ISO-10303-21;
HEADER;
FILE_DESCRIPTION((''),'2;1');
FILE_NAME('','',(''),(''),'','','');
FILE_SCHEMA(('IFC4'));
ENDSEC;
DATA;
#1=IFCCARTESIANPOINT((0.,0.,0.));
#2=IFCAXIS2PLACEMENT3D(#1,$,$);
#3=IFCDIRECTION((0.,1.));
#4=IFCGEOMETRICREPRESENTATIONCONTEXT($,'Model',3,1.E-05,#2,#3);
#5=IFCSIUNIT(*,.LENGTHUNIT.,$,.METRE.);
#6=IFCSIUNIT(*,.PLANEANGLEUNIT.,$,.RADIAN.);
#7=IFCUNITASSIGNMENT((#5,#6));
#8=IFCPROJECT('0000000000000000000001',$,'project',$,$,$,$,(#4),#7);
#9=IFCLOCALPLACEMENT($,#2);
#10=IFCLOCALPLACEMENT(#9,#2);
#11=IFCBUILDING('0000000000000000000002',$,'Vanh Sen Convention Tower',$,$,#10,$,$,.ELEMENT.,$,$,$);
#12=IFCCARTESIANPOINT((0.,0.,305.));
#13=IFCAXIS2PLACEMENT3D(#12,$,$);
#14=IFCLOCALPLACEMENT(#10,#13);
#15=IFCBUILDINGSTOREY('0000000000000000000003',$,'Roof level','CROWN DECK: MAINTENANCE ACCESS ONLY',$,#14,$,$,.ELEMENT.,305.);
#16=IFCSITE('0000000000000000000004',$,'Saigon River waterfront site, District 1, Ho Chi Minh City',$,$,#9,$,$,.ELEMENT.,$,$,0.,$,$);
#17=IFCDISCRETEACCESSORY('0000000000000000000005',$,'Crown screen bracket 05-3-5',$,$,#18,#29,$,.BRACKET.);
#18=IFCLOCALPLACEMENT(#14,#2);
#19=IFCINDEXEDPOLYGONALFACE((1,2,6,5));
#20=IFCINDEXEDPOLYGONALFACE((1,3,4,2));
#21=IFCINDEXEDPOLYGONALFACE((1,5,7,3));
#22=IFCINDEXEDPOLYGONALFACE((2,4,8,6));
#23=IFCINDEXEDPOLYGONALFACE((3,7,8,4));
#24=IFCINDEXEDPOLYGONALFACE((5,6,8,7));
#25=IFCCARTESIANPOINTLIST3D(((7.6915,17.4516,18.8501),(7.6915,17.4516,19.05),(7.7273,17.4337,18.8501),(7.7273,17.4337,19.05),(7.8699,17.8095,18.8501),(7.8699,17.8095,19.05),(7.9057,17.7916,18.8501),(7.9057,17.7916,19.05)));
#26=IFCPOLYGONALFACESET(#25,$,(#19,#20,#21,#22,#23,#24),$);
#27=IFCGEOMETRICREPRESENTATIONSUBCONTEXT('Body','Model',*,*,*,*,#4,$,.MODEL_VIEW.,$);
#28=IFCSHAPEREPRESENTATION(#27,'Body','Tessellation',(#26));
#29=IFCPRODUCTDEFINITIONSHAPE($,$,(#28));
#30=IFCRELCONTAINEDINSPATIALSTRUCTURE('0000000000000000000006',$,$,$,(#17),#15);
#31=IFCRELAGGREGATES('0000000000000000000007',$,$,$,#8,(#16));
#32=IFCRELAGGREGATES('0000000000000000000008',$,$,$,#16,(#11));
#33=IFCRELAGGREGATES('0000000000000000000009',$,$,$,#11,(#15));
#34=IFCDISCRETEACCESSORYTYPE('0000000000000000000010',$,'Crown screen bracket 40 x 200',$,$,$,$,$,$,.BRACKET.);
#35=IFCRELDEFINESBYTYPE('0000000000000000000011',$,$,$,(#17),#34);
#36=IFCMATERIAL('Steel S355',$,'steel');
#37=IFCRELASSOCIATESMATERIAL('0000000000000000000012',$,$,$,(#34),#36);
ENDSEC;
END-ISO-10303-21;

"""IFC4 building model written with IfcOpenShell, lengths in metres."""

from ifc_helpers import new_model, si_unit, direction, frame, origin, origin_2d, place, context, subcontext, project, spatial, rectangle, extrude, material, type_object, element, save


model = new_model("IFC4")

# Units and contexts
model_context = context("Model", 3, precision=1e-05, world=origin(), true_north=direction((0.0, 1.0)))
body_context = subcontext(model_context, "Body", "Model", "MODEL_VIEW")
ifc_project = project(units=[si_unit("LENGTHUNIT", "METRE"), si_unit("PLANEANGLEUNIT", "RADIAN")], contexts=[model_context])

# Site, building, storey
site_placement = place(None, origin())
site = spatial("IfcSite", under=ifc_project, at=site_placement, Name="Saigon River waterfront site, District 1, Ho Chi Minh City", CompositionType="ELEMENT", RefElevation=0.0)
building_placement = place(site_placement, origin())
building = spatial("IfcBuilding", under=site, at=building_placement, Name="Vanh Sen Convention Tower", CompositionType="ELEMENT")
storey_placement = place(building_placement, frame((0.0, 0.0, 305.0)))
storey = spatial("IfcBuildingStorey", under=building, at=storey_placement, Name="Roof level", Description="CROWN DECK: MAINTENANCE ACCESS ONLY", CompositionType="ELEMENT", Elevation=305.0)

# Discrete accessory
ifc_material_1 = material(Name="Steel S355", Category="steel")
discrete_accessory_type_1 = type_object("IfcDiscreteAccessoryType", Name="Crown screen bracket 40 x 200", PredefinedType="BRACKET", material=ifc_material_1)
for number, where, z_axis, x_axis, name in (
    (1, (7.7986, 17.6216, 18.8501), (0.0, 0.0, 1.0), (0.446193, 0.894937, 0.0), "Crown screen bracket 05-3-5"),
):
    element("IfcDiscreteAccessory", number, at=place(storey_placement, frame(where, z_axis=z_axis, x_axis=x_axis)), inside=storey, type_object=discrete_accessory_type_1, Name=name, PredefinedType="BRACKET", context=body_context, shape_type="SweptSolid", body=[
        extrude(rectangle(XDim=0.3999, YDim=0.04, at=origin_2d()), origin(), (0.0, 0.0, 1.0), 0.2),
    ])

save(model, "model.ifc")
